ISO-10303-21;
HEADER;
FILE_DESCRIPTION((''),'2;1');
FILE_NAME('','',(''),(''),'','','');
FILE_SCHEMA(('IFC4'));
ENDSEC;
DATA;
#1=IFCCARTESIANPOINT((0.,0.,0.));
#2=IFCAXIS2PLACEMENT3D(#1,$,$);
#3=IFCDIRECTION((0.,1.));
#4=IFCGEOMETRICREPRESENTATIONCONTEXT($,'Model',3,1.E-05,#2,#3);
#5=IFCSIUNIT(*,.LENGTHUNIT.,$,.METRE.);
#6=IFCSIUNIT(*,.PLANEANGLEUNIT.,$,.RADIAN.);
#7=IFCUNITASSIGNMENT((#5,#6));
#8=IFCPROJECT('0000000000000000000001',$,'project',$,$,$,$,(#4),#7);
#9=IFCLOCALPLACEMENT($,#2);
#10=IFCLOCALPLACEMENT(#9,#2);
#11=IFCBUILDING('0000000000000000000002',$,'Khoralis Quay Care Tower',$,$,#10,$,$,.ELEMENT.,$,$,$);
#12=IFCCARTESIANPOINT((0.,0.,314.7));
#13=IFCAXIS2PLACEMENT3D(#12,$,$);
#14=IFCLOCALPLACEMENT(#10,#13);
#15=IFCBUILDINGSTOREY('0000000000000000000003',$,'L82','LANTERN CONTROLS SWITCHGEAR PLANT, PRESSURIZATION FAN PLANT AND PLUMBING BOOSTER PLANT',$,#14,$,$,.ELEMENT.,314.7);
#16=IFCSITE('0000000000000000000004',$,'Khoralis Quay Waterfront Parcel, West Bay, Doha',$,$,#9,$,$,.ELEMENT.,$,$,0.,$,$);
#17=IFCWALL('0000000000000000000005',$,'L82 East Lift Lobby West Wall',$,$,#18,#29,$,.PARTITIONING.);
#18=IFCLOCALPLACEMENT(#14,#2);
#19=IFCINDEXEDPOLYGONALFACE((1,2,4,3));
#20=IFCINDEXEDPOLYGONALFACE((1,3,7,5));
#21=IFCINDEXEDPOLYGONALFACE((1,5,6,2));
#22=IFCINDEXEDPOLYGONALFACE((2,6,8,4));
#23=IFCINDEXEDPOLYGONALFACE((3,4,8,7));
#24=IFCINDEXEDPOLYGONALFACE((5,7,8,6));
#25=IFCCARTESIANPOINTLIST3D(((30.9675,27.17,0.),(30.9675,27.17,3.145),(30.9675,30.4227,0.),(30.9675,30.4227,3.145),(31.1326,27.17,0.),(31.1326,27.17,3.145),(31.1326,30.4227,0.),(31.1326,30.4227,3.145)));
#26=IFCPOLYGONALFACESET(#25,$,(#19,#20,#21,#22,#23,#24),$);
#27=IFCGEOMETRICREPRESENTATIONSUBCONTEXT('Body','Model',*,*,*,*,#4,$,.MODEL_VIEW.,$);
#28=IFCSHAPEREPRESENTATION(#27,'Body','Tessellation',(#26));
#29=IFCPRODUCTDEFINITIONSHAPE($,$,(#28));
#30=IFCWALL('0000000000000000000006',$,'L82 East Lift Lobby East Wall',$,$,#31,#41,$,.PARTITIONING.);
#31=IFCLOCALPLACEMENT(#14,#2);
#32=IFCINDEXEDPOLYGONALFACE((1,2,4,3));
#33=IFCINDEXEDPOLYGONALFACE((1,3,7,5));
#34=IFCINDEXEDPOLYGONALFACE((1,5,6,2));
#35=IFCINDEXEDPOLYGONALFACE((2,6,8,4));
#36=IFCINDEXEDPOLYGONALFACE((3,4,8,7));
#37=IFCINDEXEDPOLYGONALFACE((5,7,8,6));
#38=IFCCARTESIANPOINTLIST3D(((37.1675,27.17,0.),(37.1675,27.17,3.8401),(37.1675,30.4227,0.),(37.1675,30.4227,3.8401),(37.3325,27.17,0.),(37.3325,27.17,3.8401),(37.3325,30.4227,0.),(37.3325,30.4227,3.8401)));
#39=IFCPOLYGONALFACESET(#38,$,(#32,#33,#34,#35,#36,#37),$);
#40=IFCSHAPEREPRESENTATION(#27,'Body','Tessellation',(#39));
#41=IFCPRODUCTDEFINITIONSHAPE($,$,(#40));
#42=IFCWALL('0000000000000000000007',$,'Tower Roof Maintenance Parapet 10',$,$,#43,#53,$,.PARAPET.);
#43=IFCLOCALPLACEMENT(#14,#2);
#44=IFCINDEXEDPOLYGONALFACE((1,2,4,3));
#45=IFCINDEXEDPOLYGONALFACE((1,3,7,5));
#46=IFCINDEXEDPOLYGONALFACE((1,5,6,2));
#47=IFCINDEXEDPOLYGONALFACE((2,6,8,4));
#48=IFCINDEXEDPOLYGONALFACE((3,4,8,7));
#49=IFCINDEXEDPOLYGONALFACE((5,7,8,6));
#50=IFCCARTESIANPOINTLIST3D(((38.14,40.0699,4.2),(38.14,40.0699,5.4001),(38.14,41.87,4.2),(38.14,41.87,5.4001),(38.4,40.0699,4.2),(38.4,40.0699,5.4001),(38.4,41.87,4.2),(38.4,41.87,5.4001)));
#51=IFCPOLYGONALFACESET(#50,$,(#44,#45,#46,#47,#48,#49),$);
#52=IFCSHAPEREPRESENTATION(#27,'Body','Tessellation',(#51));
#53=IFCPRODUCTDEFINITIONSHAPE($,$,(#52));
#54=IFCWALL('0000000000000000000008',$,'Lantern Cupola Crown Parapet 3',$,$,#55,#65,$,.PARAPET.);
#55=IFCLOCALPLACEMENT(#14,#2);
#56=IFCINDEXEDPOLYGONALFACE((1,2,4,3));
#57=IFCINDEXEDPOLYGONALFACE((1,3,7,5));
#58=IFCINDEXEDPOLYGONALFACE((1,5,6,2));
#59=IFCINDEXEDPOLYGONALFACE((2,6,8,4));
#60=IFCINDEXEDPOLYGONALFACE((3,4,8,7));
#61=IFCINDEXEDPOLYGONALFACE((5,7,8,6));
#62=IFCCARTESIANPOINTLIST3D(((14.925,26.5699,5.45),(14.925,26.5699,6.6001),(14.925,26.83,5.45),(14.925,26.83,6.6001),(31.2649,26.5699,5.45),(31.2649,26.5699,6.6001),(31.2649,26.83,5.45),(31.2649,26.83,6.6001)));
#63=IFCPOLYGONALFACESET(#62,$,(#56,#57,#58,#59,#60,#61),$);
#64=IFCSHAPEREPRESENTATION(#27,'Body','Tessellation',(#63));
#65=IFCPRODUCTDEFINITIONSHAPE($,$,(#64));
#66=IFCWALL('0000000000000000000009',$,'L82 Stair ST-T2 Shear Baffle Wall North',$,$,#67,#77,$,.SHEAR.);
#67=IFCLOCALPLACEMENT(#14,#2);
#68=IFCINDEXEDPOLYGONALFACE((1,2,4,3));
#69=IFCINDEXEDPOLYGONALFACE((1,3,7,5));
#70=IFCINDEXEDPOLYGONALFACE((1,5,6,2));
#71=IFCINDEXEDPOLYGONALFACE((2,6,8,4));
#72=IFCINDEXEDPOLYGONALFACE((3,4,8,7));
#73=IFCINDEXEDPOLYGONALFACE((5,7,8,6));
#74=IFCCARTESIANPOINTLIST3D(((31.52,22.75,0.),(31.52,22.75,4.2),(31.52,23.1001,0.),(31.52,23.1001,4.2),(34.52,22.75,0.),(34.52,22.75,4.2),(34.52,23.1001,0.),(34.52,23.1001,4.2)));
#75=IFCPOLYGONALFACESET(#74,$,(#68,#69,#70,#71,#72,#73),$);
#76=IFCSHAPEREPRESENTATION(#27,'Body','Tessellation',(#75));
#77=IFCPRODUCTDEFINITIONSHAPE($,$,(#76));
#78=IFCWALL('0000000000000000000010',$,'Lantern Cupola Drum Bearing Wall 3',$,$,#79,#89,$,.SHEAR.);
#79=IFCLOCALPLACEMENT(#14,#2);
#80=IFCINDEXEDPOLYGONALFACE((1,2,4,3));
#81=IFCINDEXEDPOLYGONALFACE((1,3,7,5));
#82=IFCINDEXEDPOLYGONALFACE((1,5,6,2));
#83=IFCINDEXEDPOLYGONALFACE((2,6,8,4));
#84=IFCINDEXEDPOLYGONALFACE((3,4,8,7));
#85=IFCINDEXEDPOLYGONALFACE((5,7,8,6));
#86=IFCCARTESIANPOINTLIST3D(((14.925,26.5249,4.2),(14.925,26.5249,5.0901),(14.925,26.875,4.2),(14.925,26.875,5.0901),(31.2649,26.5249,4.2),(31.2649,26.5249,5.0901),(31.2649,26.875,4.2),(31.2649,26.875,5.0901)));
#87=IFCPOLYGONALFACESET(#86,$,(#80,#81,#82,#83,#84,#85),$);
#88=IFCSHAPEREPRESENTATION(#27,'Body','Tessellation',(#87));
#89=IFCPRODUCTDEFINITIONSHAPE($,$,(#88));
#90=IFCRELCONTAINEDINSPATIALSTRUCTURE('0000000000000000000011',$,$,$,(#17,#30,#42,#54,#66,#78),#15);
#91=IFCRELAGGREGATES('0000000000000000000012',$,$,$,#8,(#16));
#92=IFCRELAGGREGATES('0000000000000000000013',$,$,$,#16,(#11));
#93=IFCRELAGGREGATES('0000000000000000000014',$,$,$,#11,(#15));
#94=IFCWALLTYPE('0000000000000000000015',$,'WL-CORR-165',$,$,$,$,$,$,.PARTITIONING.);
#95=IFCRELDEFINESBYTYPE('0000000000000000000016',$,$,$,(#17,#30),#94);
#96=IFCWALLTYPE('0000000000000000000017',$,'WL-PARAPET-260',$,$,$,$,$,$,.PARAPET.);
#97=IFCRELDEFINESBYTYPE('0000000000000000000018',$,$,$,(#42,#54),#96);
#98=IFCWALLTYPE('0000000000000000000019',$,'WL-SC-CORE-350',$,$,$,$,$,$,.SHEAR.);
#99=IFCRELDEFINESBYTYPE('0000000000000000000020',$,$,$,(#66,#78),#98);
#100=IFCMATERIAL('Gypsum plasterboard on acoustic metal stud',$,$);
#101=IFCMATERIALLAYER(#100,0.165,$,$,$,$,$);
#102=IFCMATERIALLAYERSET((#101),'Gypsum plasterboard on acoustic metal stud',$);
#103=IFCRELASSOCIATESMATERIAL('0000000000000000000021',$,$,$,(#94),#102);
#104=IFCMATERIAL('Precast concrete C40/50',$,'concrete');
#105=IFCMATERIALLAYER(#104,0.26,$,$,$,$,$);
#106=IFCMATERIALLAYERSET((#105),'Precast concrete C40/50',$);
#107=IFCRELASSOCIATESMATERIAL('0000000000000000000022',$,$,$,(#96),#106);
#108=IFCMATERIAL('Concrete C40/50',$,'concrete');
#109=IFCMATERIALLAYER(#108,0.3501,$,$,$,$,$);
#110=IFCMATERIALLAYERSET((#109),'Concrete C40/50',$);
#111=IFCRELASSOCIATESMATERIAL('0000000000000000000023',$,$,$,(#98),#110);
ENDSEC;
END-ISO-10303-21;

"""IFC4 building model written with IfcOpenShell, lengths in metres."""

from ifc_helpers import new_model, si_unit, direction, frame, frame_2d, origin, place, context, subcontext, project, spatial, rectangle, extrude, material, layer, layer_set, type_object, element, save


model = new_model("IFC4")

# Units and contexts
model_context = context("Model", 3, precision=1e-05, world=origin(), true_north=direction((0.0, 1.0)))
body_context = subcontext(model_context, "Body", "Model", "MODEL_VIEW")
ifc_project = project(units=[si_unit("LENGTHUNIT", "METRE"), si_unit("PLANEANGLEUNIT", "RADIAN")], contexts=[model_context])

# Site, building, storey
site_placement = place(None, origin())
site = spatial("IfcSite", under=ifc_project, at=site_placement, Name="Khoralis Quay Waterfront Parcel, West Bay, Doha", CompositionType="ELEMENT", RefElevation=0.0)
building_placement = place(site_placement, origin())
building = spatial("IfcBuilding", under=site, at=building_placement, Name="Khoralis Quay Care Tower", CompositionType="ELEMENT")
storey_placement = place(building_placement, frame((0.0, 0.0, 314.7)))
storey = spatial("IfcBuildingStorey", under=building, at=storey_placement, Name="L82", Description="LANTERN CONTROLS SWITCHGEAR PLANT, PRESSURIZATION FAN PLANT AND PLUMBING BOOSTER PLANT", CompositionType="ELEMENT", Elevation=314.7)

# Shared definitions
ifc_material_1 = material(Name="Gypsum plasterboard on acoustic metal stud")

# Shared definitions
ifc_layer_1 = layer(ifc_material_1, 0.165)
ifc_layer_set_1 = layer_set([ifc_layer_1], Name="Gypsum plasterboard on acoustic metal stud")
wall_type_1 = type_object("IfcWallType", Name="WL-CORR-165", PredefinedType="PARTITIONING", material=ifc_layer_set_1)

# Walls
wall_1_placement = place(storey_placement, frame((31.05, 27.1699, 0.0), z_axis=(0.0, 0.0, 1.0), x_axis=(0.0, 1.0, 0.0)))
element("IfcWall", 1, at=wall_1_placement, inside=storey, type_object=wall_type_1, Name="L82 East Lift Lobby West Wall", PredefinedType="PARTITIONING", context=body_context, shape_type="SweptSolid", body=[
    extrude(rectangle(XDim=3.2527, YDim=0.165, at=frame_2d((1.6265, 0.0))), origin(), (0.0, 0.0, 1.0), 3.145),
])
wall_2_placement = place(storey_placement, frame((37.25, 27.1699, 0.0), z_axis=(0.0, 0.0, 1.0), x_axis=(0.0, 1.0, 0.0)))
element("IfcWall", 2, at=wall_2_placement, inside=storey, type_object=wall_type_1, Name="L82 East Lift Lobby East Wall", PredefinedType="PARTITIONING", context=body_context, shape_type="SweptSolid", body=[
    extrude(rectangle(XDim=3.2527, YDim=0.165, at=frame_2d((1.6265, 0.0))), origin(), (0.0, 0.0, 1.0), 3.8401),
])
ifc_material_2 = material(Name="Precast concrete C40/50", Category="concrete")
ifc_layer_2 = layer(ifc_material_2, 0.26)
ifc_layer_set_2 = layer_set([ifc_layer_2], Name="Precast concrete C40/50")
wall_type_2 = type_object("IfcWallType", Name="WL-PARAPET-260", PredefinedType="PARAPET", material=ifc_layer_set_2)
wall_3_placement = place(storey_placement, frame((38.27, 40.0701, 4.2), z_axis=(0.0, 0.0, 1.0), x_axis=(0.0, 1.0, 0.0)))
element("IfcWall", 3, at=wall_3_placement, inside=storey, type_object=wall_type_2, Name="Tower Roof Maintenance Parapet 10", PredefinedType="PARAPET", context=body_context, shape_type="SweptSolid", body=[
    extrude(rectangle(XDim=1.8, YDim=0.26, at=frame_2d((0.8999, 0.0))), origin(), (0.0, 0.0, 1.0), 1.2002),
])
wall_4_placement = place(storey_placement, frame((31.2649, 26.7, 5.45), z_axis=(0.0, 0.0, 1.0), x_axis=(-1.0, 0.0, 0.0)))
element("IfcWall", 4, at=wall_4_placement, inside=storey, type_object=wall_type_2, Name="Lantern Cupola Crown Parapet 3", PredefinedType="PARAPET", context=body_context, shape_type="SweptSolid", body=[
    extrude(rectangle(XDim=16.3398, YDim=0.26, at=frame_2d((8.1699, 0.0))), origin(), (0.0, 0.0, 1.0), 1.1501),
])
ifc_material_3 = material(Name="Concrete C40/50", Category="concrete")
ifc_layer_3 = layer(ifc_material_3, 0.3501)
ifc_layer_set_3 = layer_set([ifc_layer_3], Name="Concrete C40/50")
wall_type_3 = type_object("IfcWallType", Name="WL-SC-CORE-350", PredefinedType="SHEAR", material=ifc_layer_set_3)
wall_5_placement = place(storey_placement, frame((31.52, 22.925, 0.0), z_axis=(0.0, 0.0, 1.0), x_axis=(1.0, 0.0, 0.0)))
element("IfcWall", 5, at=wall_5_placement, inside=storey, type_object=wall_type_3, Name="L82 Stair ST-T2 Shear Baffle Wall North", PredefinedType="SHEAR", context=body_context, shape_type="SweptSolid", body=[
    extrude(rectangle(XDim=3.0, YDim=0.3501, at=frame_2d((1.5, 0.0))), origin(), (0.0, 0.0, 1.0), 4.2),
])
wall_6_placement = place(storey_placement, frame((31.2649, 26.7, 4.2), z_axis=(0.0, 0.0, 1.0), x_axis=(-1.0, 0.0, 0.0)))
element("IfcWall", 6, at=wall_6_placement, inside=storey, type_object=wall_type_3, Name="Lantern Cupola Drum Bearing Wall 3", PredefinedType="SHEAR", context=body_context, shape_type="SweptSolid", body=[
    extrude(rectangle(XDim=16.3398, YDim=0.3501, at=frame_2d((8.1699, 0.0))), origin(), (0.0, 0.0, 1.0), 0.8901),
])

save(model, "model.ifc")
